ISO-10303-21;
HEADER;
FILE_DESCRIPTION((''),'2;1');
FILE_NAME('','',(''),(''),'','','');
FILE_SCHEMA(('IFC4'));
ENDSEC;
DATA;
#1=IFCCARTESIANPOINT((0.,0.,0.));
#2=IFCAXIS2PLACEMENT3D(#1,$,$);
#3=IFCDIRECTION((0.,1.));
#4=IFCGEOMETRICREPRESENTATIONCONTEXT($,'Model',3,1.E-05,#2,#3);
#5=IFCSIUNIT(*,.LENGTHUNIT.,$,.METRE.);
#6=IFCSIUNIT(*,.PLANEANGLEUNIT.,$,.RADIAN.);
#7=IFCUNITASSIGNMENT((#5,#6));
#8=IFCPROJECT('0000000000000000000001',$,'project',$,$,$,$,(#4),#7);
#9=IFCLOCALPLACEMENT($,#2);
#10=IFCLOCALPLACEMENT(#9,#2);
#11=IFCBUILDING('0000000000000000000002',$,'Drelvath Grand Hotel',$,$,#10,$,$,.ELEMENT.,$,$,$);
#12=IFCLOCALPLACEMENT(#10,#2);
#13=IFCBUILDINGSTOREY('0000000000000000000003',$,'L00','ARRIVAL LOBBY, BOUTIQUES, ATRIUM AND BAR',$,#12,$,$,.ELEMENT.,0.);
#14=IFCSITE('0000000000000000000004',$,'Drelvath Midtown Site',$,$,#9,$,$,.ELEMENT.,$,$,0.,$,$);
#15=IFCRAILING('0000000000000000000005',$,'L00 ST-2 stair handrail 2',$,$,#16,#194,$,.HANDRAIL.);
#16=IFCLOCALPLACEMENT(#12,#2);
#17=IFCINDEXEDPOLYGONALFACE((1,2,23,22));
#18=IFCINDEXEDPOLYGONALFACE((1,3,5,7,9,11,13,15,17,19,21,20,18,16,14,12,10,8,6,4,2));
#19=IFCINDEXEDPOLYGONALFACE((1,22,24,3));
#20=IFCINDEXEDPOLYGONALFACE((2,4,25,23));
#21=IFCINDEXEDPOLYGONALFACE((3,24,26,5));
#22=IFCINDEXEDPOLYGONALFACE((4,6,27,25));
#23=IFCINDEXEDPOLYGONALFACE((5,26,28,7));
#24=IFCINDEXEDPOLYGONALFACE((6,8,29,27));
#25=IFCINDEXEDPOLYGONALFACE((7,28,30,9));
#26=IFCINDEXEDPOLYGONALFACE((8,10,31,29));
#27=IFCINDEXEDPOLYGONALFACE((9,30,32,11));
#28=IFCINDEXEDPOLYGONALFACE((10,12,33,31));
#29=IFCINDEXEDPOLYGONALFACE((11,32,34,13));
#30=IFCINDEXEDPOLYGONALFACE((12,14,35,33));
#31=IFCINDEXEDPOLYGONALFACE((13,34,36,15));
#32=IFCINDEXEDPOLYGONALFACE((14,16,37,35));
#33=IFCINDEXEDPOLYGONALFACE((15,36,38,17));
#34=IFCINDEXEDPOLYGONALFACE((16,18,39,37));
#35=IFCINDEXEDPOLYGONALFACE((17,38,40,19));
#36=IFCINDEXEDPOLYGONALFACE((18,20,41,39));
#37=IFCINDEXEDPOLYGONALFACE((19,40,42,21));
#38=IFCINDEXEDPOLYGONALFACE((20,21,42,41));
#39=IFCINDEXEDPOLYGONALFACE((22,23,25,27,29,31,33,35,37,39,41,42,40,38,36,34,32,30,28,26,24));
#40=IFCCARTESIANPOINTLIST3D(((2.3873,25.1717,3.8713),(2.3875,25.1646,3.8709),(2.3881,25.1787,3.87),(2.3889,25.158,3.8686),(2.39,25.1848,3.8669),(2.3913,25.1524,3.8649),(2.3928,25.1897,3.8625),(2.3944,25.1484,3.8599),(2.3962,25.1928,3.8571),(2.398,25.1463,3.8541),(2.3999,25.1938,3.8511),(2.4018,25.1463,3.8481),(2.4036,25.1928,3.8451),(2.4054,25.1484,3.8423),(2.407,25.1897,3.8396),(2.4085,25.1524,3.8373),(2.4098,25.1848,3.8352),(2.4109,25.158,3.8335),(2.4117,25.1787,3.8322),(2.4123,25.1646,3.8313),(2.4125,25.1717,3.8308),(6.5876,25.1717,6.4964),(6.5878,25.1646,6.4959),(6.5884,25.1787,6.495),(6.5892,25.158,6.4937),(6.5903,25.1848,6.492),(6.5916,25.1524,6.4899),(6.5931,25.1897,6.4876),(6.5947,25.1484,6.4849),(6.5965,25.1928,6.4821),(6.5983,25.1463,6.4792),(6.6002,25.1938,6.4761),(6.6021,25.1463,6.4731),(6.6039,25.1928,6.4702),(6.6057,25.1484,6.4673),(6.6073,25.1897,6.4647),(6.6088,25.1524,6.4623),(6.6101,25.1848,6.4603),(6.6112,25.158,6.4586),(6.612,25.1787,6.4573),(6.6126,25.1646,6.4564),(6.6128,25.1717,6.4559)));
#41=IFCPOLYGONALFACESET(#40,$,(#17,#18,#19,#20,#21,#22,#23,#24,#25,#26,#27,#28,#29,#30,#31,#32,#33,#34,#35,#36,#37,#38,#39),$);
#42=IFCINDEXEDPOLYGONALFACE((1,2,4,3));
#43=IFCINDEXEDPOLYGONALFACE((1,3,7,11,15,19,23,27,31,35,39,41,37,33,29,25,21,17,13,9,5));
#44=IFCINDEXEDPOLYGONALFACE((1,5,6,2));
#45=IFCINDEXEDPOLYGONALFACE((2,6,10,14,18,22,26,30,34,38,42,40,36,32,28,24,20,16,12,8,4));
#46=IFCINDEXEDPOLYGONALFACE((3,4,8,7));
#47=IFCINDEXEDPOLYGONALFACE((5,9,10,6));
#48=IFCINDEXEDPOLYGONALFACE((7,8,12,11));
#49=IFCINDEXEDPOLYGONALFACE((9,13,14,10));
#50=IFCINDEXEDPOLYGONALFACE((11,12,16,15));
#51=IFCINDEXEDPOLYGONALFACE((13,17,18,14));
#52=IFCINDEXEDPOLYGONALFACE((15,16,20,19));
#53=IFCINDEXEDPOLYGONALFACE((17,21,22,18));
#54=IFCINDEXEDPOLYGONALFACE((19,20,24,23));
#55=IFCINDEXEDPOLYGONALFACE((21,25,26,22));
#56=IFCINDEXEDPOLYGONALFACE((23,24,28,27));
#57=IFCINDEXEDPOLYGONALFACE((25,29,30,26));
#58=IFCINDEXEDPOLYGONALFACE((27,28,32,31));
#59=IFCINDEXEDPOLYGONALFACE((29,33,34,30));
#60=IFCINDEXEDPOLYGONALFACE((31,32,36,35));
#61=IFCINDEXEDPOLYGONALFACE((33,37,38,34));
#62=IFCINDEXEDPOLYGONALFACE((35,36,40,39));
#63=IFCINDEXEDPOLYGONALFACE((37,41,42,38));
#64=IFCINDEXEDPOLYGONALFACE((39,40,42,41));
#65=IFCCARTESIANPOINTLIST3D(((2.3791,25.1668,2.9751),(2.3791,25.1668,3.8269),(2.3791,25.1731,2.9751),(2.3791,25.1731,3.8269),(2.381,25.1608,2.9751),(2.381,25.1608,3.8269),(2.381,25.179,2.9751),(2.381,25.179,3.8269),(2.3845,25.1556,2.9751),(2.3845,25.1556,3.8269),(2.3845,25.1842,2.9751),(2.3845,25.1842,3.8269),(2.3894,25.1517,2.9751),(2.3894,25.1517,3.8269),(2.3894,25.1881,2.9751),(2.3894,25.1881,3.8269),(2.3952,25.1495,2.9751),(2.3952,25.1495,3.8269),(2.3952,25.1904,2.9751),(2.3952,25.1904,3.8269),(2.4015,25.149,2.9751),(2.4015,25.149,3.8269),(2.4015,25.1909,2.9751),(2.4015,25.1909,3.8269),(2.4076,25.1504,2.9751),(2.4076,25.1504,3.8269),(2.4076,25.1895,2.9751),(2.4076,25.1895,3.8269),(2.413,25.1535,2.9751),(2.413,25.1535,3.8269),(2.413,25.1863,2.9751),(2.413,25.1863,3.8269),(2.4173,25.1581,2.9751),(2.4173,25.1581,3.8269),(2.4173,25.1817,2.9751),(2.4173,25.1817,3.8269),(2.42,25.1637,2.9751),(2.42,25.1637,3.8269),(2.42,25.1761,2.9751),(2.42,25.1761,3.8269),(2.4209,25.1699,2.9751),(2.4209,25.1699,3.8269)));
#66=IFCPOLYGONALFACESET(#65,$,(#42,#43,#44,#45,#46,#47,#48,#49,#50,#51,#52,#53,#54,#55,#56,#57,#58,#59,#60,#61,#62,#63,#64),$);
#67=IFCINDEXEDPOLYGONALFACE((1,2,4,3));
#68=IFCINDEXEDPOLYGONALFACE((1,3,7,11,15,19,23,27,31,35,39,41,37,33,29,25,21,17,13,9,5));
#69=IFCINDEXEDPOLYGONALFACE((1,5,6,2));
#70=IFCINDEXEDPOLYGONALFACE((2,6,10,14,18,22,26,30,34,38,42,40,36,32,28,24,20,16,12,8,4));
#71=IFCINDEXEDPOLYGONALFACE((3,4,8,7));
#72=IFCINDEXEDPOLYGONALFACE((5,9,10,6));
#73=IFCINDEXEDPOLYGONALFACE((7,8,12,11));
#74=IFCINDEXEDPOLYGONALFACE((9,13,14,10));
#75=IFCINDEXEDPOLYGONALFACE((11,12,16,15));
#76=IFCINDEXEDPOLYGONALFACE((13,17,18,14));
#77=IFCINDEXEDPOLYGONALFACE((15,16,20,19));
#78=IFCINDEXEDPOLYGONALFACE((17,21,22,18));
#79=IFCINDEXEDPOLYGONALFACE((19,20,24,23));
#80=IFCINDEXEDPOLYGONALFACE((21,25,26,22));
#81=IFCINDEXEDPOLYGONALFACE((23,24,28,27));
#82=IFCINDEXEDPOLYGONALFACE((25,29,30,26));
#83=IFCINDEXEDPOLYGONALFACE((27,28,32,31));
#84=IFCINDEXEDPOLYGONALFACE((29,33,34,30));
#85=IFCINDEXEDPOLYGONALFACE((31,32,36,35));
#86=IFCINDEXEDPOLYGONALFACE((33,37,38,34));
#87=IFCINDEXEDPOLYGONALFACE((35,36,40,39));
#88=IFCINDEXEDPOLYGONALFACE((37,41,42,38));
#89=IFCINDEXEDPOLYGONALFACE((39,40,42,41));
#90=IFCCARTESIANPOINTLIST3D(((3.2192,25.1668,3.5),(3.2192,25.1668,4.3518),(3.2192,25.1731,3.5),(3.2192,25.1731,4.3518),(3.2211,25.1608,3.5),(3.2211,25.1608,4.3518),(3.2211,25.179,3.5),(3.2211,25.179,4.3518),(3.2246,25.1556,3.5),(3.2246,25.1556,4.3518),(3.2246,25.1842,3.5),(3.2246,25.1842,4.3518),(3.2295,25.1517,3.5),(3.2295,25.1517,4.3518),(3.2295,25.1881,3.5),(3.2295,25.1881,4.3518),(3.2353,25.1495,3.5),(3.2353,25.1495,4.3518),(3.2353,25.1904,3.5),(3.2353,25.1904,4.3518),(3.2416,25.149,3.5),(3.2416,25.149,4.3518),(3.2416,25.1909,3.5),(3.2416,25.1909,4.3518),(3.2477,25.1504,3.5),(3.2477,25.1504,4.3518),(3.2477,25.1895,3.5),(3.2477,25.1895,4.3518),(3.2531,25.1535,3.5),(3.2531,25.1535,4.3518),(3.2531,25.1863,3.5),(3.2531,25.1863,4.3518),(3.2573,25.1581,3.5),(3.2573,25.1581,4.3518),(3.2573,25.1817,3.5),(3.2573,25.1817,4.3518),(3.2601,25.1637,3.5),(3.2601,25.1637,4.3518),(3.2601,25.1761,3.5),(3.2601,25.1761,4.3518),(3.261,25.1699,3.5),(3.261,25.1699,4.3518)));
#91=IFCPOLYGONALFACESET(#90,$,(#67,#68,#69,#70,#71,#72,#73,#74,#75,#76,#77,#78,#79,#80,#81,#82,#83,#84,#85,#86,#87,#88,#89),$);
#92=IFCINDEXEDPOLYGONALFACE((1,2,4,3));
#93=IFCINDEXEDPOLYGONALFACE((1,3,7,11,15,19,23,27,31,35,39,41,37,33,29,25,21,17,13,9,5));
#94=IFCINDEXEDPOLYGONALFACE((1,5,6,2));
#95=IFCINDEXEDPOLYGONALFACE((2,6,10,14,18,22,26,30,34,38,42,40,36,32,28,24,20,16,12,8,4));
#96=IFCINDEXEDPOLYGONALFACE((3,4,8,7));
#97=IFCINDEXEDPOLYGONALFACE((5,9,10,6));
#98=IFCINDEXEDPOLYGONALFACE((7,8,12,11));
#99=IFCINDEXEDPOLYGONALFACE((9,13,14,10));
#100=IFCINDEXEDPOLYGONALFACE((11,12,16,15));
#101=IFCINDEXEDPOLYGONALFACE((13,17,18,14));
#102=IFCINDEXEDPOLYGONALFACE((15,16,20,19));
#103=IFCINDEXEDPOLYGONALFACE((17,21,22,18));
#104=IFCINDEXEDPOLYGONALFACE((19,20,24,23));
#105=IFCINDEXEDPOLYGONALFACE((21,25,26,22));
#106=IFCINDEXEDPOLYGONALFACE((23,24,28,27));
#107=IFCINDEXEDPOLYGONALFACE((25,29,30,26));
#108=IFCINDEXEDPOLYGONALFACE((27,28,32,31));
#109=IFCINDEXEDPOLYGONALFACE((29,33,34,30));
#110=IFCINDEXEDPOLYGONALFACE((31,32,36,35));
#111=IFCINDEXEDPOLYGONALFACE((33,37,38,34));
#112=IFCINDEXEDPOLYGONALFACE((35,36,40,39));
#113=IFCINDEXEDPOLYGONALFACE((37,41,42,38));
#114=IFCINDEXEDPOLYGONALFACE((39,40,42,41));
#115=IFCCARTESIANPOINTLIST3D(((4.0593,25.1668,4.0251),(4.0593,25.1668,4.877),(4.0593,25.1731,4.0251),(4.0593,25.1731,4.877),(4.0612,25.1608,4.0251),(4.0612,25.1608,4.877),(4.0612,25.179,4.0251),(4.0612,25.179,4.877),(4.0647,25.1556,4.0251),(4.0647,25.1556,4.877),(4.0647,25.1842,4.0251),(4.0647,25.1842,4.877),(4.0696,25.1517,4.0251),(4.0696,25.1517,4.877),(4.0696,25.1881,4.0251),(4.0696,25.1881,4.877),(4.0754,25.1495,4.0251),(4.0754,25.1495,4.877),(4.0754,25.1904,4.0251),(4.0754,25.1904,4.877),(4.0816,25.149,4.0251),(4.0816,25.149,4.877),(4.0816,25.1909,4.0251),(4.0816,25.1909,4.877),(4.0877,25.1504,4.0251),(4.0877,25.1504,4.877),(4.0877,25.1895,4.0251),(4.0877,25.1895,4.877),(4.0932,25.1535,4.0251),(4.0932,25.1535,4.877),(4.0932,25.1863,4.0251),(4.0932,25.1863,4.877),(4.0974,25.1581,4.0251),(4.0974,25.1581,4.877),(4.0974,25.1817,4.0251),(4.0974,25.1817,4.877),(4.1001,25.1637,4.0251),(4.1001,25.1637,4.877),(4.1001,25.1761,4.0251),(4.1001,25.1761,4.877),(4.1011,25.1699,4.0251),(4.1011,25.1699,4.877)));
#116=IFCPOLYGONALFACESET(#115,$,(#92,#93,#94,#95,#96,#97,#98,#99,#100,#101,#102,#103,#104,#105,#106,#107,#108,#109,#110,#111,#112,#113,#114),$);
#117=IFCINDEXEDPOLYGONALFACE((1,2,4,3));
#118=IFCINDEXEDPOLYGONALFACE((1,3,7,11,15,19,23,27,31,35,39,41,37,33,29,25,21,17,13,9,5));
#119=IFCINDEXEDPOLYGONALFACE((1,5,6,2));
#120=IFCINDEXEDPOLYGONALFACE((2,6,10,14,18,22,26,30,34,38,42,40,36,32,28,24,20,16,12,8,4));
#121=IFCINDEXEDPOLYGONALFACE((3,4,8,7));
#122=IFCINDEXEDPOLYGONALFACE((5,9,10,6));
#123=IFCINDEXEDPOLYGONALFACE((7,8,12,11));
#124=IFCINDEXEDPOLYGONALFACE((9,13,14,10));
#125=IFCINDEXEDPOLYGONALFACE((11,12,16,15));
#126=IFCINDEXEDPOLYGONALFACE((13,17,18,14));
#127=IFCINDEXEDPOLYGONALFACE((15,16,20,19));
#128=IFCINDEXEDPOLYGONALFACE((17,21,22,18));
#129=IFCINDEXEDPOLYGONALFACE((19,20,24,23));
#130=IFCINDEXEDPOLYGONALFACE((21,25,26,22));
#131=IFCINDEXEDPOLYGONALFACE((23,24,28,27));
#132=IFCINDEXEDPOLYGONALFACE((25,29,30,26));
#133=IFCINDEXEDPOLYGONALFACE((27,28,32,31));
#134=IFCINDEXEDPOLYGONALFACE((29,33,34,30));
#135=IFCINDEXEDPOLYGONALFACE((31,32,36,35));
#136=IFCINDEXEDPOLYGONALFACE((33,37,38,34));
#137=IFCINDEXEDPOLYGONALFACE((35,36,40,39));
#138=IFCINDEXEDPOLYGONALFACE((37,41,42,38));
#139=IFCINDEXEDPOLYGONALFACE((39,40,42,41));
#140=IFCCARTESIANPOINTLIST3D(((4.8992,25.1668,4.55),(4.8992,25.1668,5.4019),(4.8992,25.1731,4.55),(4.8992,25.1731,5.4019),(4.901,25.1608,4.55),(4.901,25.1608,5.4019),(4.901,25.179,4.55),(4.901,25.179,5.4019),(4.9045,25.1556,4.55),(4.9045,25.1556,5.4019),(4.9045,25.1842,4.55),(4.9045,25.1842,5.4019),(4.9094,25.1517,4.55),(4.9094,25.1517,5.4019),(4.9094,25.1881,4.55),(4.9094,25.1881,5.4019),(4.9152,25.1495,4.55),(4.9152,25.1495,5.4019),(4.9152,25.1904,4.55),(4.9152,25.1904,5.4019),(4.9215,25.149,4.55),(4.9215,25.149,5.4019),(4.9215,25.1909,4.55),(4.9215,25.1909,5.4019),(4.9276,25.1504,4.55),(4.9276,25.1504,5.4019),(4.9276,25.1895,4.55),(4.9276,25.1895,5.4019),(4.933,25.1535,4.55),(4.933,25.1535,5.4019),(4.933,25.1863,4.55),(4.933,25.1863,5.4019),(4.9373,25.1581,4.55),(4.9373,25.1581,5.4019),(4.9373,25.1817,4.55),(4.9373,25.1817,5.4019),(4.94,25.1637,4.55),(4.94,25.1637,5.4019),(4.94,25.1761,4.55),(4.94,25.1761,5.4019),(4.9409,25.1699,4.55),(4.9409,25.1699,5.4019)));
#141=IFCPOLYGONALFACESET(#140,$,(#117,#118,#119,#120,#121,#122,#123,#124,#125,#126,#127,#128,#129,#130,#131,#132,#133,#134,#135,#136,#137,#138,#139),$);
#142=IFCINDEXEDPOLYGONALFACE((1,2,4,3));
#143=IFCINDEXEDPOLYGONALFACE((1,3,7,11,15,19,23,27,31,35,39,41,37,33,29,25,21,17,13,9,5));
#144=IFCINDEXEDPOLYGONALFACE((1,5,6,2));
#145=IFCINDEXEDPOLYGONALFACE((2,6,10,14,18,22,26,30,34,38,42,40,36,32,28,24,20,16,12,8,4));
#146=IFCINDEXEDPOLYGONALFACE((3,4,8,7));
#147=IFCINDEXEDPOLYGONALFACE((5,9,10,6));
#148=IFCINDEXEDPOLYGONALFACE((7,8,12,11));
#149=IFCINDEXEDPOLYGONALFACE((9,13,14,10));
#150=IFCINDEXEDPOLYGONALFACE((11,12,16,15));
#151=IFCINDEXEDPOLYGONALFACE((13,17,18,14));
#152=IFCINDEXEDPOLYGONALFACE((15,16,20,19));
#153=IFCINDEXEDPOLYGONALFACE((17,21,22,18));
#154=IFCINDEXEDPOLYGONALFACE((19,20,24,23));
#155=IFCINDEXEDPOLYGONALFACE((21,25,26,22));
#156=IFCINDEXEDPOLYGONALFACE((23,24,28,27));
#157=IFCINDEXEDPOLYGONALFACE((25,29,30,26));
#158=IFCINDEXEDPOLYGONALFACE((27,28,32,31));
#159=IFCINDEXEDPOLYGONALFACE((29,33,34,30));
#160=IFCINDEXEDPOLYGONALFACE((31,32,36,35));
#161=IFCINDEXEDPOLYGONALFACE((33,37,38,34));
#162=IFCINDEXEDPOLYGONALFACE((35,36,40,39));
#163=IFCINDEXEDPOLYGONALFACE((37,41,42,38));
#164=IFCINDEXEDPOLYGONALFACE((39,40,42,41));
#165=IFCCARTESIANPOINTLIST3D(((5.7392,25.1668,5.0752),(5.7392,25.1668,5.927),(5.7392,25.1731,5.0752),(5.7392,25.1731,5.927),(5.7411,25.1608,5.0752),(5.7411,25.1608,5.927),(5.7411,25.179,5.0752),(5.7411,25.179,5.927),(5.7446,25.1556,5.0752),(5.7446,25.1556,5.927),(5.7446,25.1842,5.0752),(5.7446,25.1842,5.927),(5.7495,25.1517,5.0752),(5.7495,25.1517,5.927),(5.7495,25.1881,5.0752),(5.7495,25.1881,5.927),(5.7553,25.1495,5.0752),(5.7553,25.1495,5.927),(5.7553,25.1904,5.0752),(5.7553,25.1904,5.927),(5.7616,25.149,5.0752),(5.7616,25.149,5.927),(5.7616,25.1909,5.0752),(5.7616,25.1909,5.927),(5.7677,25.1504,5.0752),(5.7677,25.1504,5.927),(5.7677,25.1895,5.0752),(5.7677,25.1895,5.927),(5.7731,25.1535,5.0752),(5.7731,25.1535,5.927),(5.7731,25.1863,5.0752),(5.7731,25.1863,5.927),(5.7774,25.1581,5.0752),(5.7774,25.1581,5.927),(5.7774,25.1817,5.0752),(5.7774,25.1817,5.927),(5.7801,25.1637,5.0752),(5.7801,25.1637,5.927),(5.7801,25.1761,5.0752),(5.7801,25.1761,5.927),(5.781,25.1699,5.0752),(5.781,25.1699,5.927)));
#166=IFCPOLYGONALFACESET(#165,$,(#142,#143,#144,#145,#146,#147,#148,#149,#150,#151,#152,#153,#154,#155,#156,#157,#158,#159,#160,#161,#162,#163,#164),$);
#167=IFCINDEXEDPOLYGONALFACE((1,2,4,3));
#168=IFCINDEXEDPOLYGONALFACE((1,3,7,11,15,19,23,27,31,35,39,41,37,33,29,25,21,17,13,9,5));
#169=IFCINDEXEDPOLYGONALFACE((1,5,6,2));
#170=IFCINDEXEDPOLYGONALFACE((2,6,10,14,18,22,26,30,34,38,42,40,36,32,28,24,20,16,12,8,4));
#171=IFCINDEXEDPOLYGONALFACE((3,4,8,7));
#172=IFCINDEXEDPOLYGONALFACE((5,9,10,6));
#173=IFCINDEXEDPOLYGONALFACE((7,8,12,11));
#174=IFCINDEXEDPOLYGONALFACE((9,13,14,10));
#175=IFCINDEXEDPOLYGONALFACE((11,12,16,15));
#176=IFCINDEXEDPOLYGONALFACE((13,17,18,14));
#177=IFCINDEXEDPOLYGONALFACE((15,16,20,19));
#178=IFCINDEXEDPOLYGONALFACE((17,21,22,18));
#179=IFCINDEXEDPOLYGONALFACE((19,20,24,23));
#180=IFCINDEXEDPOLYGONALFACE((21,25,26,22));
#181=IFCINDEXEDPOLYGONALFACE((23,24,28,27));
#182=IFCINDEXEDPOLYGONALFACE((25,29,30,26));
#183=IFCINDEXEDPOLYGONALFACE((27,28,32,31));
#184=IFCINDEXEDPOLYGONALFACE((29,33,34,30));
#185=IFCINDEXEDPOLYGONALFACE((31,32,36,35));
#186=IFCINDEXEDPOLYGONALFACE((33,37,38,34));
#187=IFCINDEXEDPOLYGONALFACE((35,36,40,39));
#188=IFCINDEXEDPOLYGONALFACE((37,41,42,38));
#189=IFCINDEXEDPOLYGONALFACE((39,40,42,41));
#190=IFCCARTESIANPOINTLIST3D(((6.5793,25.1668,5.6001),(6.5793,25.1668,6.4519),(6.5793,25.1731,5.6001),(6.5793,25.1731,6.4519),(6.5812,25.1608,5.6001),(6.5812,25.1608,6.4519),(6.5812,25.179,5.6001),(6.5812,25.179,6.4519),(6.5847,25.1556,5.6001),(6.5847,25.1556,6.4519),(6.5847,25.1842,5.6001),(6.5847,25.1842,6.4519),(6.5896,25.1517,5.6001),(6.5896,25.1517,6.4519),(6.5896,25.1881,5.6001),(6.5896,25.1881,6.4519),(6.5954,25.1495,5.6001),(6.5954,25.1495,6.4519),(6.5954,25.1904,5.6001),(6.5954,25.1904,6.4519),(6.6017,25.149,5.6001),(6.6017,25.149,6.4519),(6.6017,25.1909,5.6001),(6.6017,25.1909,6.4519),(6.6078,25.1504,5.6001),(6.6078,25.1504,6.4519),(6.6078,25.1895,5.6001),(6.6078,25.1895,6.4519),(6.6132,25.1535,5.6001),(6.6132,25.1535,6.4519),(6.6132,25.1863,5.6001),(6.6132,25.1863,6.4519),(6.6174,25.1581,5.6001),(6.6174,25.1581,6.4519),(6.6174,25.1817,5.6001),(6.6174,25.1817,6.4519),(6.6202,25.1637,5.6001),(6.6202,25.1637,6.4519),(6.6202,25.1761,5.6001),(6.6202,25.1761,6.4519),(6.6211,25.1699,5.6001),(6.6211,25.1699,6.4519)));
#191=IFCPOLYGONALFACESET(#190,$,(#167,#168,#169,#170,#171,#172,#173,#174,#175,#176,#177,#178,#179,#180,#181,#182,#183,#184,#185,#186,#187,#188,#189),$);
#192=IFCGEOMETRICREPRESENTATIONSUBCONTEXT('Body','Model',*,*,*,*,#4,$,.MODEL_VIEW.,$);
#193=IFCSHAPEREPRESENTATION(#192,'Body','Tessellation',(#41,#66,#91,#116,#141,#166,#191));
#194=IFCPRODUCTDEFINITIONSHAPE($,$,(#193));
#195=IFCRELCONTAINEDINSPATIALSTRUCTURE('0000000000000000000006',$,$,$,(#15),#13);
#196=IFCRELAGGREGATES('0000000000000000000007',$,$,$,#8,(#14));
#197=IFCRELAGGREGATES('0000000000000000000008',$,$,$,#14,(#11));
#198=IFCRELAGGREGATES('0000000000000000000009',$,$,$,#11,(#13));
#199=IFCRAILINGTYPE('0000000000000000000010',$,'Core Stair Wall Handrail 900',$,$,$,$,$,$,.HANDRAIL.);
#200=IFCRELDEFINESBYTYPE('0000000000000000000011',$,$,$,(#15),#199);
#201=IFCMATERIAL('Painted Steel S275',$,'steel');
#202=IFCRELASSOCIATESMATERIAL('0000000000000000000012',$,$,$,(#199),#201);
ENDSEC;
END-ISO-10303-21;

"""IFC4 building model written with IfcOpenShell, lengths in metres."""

from ifc_helpers import new_model, si_unit, direction, frame, origin, origin_2d, place, context, subcontext, project, spatial, circle, extrude, material, type_object, element, save


model = new_model("IFC4")

# Units and contexts
model_context = context("Model", 3, precision=1e-05, world=origin(), true_north=direction((0.0, 1.0)))
body_context = subcontext(model_context, "Body", "Model", "MODEL_VIEW")
ifc_project = project(units=[si_unit("LENGTHUNIT", "METRE"), si_unit("PLANEANGLEUNIT", "RADIAN")], contexts=[model_context])

# Site, building, storey
site_placement = place(None, origin())
site = spatial("IfcSite", under=ifc_project, at=site_placement, Name="Drelvath Midtown Site", CompositionType="ELEMENT", RefElevation=0.0)
building_placement = place(site_placement, origin())
building = spatial("IfcBuilding", under=site, at=building_placement, Name="Drelvath Grand Hotel", CompositionType="ELEMENT")
storey_placement = place(building_placement, origin())
storey = spatial("IfcBuildingStorey", under=building, at=storey_placement, Name="L00", Description="ARRIVAL LOBBY, BOUTIQUES, ATRIUM AND BAR", CompositionType="ELEMENT", Elevation=0.0)

# Shared definitions
ifc_material_1 = material(Name="Painted Steel S275", Category="steel")

# Railing
railing_type_1 = type_object("IfcRailingType", Name="Core Stair Wall Handrail 900", PredefinedType="HANDRAIL", material=ifc_material_1)
railing_1_placement = place(storey_placement, frame((2.3999, 25.1699, 2.9751)))
element("IfcRailing", 1, at=railing_1_placement, inside=storey, type_object=railing_type_1, Name="L00 ST-2 stair handrail 2", PredefinedType="HANDRAIL", context=body_context, shape_type="SweptSolid", body=[
    extrude(circle(Radius=0.0239, at=origin_2d()), frame((0.0, 0.0, 0.876), z_axis=(0.848009, 0.0, 0.529981), x_axis=(0.0, 1.0, 0.0)), (0.0, 0.0, 1.0), 4.9531),
    extrude(circle(Radius=0.021, at=origin_2d()), origin(), (0.0, 0.0, 1.0), 0.8518),
    extrude(circle(Radius=0.021, at=origin_2d()), frame((0.8401, 0.0, 0.5249)), (0.0, 0.0, 1.0), 0.8518),
    extrude(circle(Radius=0.021, at=origin_2d()), frame((1.6802, 0.0, 1.05)), (0.0, 0.0, 1.0), 0.8518),
    extrude(circle(Radius=0.021, at=origin_2d()), frame((2.52, 0.0, 1.575)), (0.0, 0.0, 1.0), 0.8518),
    extrude(circle(Radius=0.021, at=origin_2d()), frame((3.3601, 0.0, 2.1001)), (0.0, 0.0, 1.0), 0.8518),
    extrude(circle(Radius=0.021, at=origin_2d()), frame((4.2002, 0.0, 2.625)), (0.0, 0.0, 1.0), 0.8518),
])

save(model, "model.ifc")
